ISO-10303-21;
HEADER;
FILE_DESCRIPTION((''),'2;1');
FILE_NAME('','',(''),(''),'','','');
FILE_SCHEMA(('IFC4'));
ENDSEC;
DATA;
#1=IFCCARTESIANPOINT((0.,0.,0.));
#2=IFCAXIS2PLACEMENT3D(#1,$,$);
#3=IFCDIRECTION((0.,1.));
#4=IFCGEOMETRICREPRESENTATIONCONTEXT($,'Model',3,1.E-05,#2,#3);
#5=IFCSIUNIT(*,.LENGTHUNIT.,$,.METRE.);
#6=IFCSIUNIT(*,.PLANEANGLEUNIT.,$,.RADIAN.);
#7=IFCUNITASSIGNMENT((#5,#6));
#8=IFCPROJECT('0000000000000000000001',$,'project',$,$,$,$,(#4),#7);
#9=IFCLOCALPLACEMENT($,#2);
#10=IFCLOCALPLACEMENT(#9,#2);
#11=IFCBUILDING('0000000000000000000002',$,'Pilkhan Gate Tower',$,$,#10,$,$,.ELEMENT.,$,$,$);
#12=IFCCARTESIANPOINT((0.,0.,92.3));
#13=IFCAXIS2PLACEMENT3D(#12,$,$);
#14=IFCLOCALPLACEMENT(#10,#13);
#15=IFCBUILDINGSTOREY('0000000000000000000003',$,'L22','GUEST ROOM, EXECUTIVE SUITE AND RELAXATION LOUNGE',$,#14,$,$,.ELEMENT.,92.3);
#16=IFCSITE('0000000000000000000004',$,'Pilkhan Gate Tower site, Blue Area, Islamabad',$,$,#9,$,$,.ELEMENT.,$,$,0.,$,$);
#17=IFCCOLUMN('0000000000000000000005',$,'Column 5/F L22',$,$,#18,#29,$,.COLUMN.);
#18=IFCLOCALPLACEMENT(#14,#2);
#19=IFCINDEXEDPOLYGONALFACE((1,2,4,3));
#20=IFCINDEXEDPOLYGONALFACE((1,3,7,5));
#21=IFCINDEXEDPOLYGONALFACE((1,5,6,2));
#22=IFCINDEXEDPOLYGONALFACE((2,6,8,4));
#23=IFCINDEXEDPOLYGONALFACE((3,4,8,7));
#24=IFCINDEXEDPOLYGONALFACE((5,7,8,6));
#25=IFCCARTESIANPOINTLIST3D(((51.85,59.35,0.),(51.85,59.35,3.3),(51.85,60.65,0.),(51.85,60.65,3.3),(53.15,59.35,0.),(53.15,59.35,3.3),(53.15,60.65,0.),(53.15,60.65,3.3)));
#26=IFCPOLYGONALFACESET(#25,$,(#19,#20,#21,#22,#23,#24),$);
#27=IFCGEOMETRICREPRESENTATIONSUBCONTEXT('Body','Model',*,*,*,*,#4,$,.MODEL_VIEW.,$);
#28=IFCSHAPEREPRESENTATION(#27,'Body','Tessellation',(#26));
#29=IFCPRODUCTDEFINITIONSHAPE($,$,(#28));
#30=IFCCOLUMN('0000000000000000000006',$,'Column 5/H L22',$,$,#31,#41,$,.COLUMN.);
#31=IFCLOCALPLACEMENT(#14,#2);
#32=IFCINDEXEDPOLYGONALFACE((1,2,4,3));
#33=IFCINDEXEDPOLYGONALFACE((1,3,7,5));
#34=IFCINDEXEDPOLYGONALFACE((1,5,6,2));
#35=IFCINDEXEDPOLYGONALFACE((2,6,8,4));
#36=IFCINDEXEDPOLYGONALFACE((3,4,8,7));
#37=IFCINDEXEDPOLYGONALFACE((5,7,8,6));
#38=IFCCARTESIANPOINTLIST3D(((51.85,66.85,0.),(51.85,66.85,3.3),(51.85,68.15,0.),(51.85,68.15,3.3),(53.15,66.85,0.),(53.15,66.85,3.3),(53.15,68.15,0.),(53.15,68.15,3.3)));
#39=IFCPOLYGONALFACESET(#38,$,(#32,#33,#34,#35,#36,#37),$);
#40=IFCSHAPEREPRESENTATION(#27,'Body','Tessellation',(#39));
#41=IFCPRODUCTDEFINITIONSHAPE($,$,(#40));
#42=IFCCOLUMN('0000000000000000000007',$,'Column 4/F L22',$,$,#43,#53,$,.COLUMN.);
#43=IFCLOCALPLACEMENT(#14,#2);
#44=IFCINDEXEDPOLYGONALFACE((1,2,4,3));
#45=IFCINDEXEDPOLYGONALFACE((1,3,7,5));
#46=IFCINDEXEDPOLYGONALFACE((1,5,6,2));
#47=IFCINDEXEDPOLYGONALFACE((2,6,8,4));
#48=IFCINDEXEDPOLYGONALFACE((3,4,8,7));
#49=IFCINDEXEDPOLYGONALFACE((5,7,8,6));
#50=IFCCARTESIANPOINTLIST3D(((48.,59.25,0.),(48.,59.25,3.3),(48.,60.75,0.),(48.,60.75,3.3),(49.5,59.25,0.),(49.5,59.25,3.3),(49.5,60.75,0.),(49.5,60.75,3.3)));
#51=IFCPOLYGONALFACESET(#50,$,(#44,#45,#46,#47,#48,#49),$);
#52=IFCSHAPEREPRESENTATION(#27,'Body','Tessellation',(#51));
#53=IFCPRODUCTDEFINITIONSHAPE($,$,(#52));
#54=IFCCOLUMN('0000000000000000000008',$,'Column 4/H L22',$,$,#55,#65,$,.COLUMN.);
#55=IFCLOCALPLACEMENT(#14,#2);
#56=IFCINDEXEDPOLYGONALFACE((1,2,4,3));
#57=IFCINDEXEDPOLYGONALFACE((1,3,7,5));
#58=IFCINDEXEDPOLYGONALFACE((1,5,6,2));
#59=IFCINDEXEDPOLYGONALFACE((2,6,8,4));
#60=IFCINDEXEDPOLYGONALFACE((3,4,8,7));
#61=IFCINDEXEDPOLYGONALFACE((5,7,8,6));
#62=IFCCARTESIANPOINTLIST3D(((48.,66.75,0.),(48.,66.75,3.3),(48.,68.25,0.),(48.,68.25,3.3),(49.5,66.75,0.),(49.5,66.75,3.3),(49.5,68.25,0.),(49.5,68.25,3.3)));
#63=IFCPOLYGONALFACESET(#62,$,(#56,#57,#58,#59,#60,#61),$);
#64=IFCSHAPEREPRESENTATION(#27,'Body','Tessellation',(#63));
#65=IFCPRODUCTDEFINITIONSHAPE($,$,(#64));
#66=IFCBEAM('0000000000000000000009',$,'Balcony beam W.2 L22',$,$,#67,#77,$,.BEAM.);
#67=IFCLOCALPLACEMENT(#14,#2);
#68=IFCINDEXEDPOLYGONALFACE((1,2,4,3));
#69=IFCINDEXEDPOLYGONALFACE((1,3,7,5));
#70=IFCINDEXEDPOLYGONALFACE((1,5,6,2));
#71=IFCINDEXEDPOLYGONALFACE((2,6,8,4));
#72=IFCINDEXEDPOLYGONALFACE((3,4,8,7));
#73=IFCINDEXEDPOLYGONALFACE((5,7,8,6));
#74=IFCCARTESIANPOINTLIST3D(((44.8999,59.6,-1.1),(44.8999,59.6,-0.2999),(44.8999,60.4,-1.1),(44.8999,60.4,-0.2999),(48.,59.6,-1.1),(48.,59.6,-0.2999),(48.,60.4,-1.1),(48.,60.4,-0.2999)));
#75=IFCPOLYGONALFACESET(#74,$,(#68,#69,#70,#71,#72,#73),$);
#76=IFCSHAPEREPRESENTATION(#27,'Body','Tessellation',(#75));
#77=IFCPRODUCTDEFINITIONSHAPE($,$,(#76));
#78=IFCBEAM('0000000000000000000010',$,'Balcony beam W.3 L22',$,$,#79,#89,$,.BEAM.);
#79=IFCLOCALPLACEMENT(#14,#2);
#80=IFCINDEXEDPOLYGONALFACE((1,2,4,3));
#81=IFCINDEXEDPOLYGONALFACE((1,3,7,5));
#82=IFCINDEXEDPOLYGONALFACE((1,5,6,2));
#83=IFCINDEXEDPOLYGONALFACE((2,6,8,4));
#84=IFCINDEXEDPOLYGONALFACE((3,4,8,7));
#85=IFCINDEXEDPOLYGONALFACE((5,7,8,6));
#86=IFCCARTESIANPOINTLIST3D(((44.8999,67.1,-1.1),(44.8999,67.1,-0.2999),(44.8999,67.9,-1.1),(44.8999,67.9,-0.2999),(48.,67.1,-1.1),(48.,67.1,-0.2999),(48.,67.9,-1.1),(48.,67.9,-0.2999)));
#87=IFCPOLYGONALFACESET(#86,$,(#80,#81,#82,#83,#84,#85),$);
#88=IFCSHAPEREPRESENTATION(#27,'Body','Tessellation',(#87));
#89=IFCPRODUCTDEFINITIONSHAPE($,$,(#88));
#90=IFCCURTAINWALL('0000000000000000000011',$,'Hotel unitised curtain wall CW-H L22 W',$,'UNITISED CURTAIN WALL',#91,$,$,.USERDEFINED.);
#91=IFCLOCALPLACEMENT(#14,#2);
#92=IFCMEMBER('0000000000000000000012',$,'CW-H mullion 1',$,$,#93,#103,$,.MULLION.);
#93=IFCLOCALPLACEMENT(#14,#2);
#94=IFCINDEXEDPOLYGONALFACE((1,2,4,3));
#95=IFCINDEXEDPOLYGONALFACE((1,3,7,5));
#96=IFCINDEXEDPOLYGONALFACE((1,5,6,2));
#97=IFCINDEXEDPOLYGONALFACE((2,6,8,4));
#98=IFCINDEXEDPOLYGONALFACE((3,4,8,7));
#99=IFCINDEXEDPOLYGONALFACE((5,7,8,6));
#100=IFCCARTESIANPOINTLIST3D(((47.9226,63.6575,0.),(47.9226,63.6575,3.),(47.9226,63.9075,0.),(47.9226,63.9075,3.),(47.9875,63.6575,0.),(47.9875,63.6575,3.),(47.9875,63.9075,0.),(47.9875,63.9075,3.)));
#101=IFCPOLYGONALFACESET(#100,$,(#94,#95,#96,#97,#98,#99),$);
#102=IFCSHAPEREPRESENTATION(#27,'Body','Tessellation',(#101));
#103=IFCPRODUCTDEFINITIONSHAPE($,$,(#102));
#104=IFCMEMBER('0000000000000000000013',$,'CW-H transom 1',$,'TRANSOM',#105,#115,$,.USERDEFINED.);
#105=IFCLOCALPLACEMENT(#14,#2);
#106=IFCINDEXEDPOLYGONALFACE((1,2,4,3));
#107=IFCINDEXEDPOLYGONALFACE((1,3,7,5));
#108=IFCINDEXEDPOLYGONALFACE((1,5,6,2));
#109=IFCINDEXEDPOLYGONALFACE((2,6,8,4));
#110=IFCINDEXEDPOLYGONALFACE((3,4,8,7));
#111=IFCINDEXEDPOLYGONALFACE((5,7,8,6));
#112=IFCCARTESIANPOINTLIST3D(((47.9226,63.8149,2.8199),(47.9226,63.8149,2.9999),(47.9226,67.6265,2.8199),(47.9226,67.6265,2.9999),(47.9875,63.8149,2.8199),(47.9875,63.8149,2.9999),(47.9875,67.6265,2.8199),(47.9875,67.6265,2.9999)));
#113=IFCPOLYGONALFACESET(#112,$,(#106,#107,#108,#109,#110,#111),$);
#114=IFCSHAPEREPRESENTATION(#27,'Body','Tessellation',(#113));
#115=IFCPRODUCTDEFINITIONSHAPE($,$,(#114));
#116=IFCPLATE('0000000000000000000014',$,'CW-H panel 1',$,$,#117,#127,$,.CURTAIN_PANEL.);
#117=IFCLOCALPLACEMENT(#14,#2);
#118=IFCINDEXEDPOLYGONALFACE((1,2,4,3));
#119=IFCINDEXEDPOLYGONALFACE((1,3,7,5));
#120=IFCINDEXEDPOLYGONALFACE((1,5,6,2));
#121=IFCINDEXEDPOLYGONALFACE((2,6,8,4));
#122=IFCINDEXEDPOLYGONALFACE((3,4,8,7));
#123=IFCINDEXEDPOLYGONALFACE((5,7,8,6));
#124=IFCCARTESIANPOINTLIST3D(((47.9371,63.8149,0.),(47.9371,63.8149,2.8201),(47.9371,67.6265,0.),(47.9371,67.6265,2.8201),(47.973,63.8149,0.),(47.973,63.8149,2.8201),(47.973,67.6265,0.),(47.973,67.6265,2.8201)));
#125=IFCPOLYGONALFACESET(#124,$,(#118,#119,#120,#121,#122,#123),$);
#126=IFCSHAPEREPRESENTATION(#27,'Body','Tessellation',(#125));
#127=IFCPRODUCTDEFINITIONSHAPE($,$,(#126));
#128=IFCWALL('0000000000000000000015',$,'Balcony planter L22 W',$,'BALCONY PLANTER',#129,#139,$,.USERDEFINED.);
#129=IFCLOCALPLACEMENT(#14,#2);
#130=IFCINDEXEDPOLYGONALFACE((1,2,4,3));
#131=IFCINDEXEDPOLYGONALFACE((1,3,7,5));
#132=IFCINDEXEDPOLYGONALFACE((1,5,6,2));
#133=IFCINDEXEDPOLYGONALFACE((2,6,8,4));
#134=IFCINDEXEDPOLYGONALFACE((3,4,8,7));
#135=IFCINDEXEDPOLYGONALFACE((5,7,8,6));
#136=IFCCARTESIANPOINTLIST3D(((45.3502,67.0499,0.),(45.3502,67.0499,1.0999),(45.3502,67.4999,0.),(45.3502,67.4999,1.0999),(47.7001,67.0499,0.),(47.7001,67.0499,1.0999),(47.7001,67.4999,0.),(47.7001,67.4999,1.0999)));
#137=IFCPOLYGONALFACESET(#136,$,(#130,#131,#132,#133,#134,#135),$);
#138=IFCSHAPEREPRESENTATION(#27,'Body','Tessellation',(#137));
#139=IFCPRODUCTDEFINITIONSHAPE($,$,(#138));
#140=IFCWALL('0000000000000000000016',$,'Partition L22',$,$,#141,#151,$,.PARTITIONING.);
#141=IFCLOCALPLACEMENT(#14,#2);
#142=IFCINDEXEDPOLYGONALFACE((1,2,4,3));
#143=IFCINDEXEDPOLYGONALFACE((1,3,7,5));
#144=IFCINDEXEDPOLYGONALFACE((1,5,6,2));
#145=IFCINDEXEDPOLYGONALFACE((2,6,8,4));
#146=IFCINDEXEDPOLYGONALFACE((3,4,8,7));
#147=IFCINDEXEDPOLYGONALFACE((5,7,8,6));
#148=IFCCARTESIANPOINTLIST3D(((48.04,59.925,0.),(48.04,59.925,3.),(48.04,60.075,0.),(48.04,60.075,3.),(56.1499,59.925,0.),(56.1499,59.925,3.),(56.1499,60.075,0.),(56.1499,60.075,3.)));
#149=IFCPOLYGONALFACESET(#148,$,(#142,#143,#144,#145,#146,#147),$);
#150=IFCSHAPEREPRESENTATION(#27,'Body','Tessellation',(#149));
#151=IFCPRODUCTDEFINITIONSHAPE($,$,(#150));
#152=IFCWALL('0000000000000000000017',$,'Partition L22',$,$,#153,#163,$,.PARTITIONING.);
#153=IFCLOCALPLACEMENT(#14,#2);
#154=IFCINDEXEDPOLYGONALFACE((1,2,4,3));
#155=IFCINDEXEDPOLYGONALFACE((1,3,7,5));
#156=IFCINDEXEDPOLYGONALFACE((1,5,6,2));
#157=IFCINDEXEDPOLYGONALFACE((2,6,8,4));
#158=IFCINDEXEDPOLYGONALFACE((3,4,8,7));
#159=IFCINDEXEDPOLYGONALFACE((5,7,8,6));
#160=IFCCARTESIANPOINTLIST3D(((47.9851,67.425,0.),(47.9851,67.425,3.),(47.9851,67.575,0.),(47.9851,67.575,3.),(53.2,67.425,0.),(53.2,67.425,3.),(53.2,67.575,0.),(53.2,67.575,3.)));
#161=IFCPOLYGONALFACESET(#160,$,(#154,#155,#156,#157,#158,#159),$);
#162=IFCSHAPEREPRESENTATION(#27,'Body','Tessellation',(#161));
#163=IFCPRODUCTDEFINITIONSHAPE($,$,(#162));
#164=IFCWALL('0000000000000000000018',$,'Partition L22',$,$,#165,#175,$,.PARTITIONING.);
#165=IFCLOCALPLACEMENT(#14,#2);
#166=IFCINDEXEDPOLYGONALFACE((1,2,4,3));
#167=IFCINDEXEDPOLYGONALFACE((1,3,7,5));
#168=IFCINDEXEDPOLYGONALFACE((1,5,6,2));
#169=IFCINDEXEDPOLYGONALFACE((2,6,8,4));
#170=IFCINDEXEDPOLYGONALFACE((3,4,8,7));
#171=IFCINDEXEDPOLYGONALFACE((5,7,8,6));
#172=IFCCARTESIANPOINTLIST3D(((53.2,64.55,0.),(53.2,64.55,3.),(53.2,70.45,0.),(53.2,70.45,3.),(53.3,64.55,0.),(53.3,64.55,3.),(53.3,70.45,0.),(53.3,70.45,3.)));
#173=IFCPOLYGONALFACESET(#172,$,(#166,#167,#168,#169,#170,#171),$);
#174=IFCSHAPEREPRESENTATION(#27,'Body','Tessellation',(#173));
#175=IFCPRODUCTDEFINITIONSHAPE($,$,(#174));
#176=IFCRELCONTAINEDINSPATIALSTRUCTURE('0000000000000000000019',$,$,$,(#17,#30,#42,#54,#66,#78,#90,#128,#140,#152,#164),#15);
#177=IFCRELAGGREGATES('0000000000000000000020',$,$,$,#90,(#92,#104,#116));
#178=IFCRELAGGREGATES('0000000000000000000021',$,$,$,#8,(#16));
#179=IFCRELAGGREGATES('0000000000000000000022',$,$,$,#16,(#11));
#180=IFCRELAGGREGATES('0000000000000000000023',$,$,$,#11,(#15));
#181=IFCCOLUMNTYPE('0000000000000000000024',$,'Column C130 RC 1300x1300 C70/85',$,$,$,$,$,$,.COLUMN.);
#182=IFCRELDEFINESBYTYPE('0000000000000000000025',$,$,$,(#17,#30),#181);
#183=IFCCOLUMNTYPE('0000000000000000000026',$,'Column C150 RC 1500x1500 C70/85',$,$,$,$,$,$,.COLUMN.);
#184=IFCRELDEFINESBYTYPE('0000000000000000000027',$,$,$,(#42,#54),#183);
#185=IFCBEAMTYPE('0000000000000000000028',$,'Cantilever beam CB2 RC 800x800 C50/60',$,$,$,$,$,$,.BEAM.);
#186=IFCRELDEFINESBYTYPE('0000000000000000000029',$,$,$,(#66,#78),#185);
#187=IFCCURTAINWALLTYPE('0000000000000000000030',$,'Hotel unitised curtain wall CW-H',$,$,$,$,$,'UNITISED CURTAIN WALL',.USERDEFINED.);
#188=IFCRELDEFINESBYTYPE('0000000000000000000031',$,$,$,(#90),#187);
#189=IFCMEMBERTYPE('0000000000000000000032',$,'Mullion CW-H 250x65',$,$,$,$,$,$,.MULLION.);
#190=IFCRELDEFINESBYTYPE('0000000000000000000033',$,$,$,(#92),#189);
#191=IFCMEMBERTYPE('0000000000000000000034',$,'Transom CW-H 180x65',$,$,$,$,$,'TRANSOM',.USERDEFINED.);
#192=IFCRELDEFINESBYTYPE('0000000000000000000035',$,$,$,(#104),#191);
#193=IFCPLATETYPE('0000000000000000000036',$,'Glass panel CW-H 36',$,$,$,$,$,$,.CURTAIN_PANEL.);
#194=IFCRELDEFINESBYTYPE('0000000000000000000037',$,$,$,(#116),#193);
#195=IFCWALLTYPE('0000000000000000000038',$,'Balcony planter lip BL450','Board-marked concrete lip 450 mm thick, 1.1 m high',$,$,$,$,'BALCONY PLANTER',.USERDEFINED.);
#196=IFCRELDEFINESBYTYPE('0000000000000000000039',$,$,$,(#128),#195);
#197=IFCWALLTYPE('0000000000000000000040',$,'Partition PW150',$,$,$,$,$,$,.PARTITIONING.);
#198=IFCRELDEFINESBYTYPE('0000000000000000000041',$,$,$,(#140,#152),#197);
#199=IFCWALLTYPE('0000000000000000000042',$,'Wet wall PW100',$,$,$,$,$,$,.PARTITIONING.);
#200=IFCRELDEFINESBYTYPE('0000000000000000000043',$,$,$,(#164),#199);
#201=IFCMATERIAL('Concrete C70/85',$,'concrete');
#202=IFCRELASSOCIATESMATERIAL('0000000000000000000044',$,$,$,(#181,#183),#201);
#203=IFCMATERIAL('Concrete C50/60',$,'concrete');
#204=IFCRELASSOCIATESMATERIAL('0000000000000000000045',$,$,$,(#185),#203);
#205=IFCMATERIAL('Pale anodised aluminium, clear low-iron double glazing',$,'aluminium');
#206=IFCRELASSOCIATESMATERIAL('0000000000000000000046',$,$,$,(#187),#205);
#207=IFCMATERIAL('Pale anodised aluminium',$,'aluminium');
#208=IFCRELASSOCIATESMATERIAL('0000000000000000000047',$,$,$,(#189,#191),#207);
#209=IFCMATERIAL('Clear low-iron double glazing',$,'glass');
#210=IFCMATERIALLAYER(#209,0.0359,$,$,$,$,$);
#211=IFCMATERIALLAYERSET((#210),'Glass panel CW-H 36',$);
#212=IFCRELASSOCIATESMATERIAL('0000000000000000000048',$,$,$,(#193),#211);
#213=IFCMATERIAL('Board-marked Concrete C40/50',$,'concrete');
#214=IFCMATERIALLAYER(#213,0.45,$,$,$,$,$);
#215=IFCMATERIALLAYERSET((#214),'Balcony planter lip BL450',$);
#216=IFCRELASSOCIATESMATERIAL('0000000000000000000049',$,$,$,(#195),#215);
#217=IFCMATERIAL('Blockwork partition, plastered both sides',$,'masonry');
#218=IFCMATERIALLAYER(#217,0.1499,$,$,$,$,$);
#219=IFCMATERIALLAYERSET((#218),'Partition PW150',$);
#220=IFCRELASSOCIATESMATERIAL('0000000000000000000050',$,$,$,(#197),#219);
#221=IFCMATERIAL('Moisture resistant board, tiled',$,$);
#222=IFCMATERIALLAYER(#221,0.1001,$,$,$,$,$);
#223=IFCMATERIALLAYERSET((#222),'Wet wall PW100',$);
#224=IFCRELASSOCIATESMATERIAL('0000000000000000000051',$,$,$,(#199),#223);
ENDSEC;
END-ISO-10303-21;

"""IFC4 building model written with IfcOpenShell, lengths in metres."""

from ifc_helpers import new_model, si_unit, direction, frame, frame_2d, origin, origin_2d, place, context, subcontext, project, spatial, rectangle, extrude, material, layer, layer_set, material_profile, profile_set, type_object, element, aggregate, save


model = new_model("IFC4")

# Units and contexts
model_context = context("Model", 3, precision=1e-05, world=origin(), true_north=direction((0.0, 1.0)))
body_context = subcontext(model_context, "Body", "Model", "MODEL_VIEW")
ifc_project = project(units=[si_unit("LENGTHUNIT", "METRE"), si_unit("PLANEANGLEUNIT", "RADIAN")], contexts=[model_context])

# Site, building, storey
site_placement = place(None, origin())
site = spatial("IfcSite", under=ifc_project, at=site_placement, Name="Pilkhan Gate Tower site, Blue Area, Islamabad", CompositionType="ELEMENT", RefElevation=0.0)
building_placement = place(site_placement, origin())
building = spatial("IfcBuilding", under=site, at=building_placement, Name="Pilkhan Gate Tower", CompositionType="ELEMENT")
storey_placement = place(building_placement, frame((0.0, 0.0, 92.3)))
storey = spatial("IfcBuildingStorey", under=building, at=storey_placement, Name="L22", Description="GUEST ROOM, EXECUTIVE SUITE AND RELAXATION LOUNGE", CompositionType="ELEMENT", Elevation=92.3)

# Columns
ifc_material_1 = material(Name="Concrete C70/85", Category="concrete")
ifc_material_profile_1 = material_profile(ifc_material_1, rectangle(XDim=1.3, YDim=1.3, at=origin_2d()), Name="RC 1300x1300")
ifc_profile_set_1 = profile_set([ifc_material_profile_1], Name="Concrete C70/85")
column_type_1 = type_object("IfcColumnType", Name="Column C130 RC 1300x1300 C70/85", PredefinedType="COLUMN", material=ifc_profile_set_1)
for number, where, z_axis, x_axis, name in (
    (1, (52.5, 60.0, 0.0), (0.0, 0.0, 1.0), (1.0, 0.0, 0.0), "Column 5/F L22"),
    (2, (52.5, 67.5, 0.0), (0.0, 0.0, 1.0), (1.0, 0.0, 0.0), "Column 5/H L22"),
):
    element("IfcColumn", number, at=place(storey_placement, frame(where, z_axis=z_axis, x_axis=x_axis)), inside=storey, type_object=column_type_1, Name=name, PredefinedType="COLUMN", context=body_context, shape_type="SweptSolid", body=[
        extrude(rectangle(XDim=1.3, YDim=1.3, at=origin_2d()), origin(), (0.0, 0.0, 1.0), 3.3),
    ])
ifc_material_profile_2 = material_profile(ifc_material_1, rectangle(XDim=1.5, YDim=1.5, at=origin_2d()), Name="RC 1500x1500")
ifc_profile_set_2 = profile_set([ifc_material_profile_2], Name="Concrete C70/85")
column_type_2 = type_object("IfcColumnType", Name="Column C150 RC 1500x1500 C70/85", PredefinedType="COLUMN", material=ifc_profile_set_2)
for number, where, z_axis, x_axis, name in (
    (3, (48.75, 60.0, 0.0), (0.0, 0.0, 1.0), (1.0, 0.0, 0.0), "Column 4/F L22"),
    (4, (48.75, 67.5, 0.0), (0.0, 0.0, 1.0), (1.0, 0.0, 0.0), "Column 4/H L22"),
):
    element("IfcColumn", number, at=place(storey_placement, frame(where, z_axis=z_axis, x_axis=x_axis)), inside=storey, type_object=column_type_2, Name=name, PredefinedType="COLUMN", context=body_context, shape_type="SweptSolid", body=[
        extrude(rectangle(XDim=1.5, YDim=1.5, at=origin_2d()), origin(), (0.0, 0.0, 1.0), 3.3),
    ])

# Beams
ifc_material_2 = material(Name="Concrete C50/60", Category="concrete")
ifc_material_profile_3 = material_profile(ifc_material_2, rectangle(XDim=0.8, YDim=0.8, at=origin_2d()), Name="RC 800x800")
ifc_profile_set_3 = profile_set([ifc_material_profile_3], Name="Concrete C50/60")
beam_type = type_object("IfcBeamType", Name="Cantilever beam CB2 RC 800x800 C50/60", PredefinedType="BEAM", material=ifc_profile_set_3)
for number, where, z_axis, x_axis, name in (
    (5, (48.0, 60.0, -0.7), (-1.0, 0.0, 0.0), (0.0, -1.0, 0.0), "Balcony beam W.2 L22"),
    (6, (48.0, 67.5, -0.7), (-1.0, 0.0, 0.0), (0.0, -1.0, 0.0), "Balcony beam W.3 L22"),
):
    element("IfcBeam", number, at=place(storey_placement, frame(where, z_axis=z_axis, x_axis=x_axis)), inside=storey, type_object=beam_type, Name=name, PredefinedType="BEAM", context=body_context, shape_type="SweptSolid", body=[
        extrude(rectangle(XDim=0.8, YDim=0.8, at=origin_2d()), origin(), (0.0, 0.0, 1.0), 3.1001),
    ])

# Curtain wall, members, plate
ifc_material_3 = material(Name="Pale anodised aluminium, clear low-iron double glazing", Category="aluminium")
curtain_wall_type = type_object("IfcCurtainWallType", Name="Hotel unitised curtain wall CW-H", ElementType="UNITISED CURTAIN WALL", PredefinedType="USERDEFINED", material=ifc_material_3)
curtain_wall_placement = place(storey_placement, origin())
curtain_wall = element("IfcCurtainWall", 7, at=curtain_wall_placement, inside=storey, type_object=curtain_wall_type, Name="Hotel unitised curtain wall CW-H L22 W", ObjectType="UNITISED CURTAIN WALL", PredefinedType="USERDEFINED")
ifc_material_4 = material(Name="Pale anodised aluminium", Category="aluminium")
ifc_material_profile_4 = material_profile(ifc_material_4, rectangle(XDim=0.0649, YDim=0.25, at=origin_2d()), Name="Mullion 250x65")
ifc_profile_set_4 = profile_set([ifc_material_profile_4], Name="Pale anodised aluminium")
member_type_1 = type_object("IfcMemberType", Name="Mullion CW-H 250x65", PredefinedType="MULLION", material=ifc_profile_set_4)
member_1_placement = place(storey_placement, frame((47.9551, 63.7825, 0.0), z_axis=(0.0, 0.0, 1.0), x_axis=(-1.0, 0.0, 0.0)))
member_1 = element("IfcMember", 8, at=member_1_placement, type_object=member_type_1, Name="CW-H mullion 1", PredefinedType="MULLION", context=body_context, shape_type="SweptSolid", body=[
    extrude(rectangle(XDim=0.0649, YDim=0.25, at=origin_2d()), origin(), (0.0, 0.0, 1.0), 3.0),
])
ifc_material_profile_5 = material_profile(ifc_material_4, rectangle(XDim=0.0649, YDim=0.1799, at=origin_2d()), Name="Transom 180x65")
ifc_profile_set_5 = profile_set([ifc_material_profile_5], Name="Pale anodised aluminium")
member_type_2 = type_object("IfcMemberType", Name="Transom CW-H 180x65", ElementType="TRANSOM", PredefinedType="USERDEFINED", material=ifc_profile_set_5)
member_2_placement = place(storey_placement, frame((47.9551, 63.8149, 2.9099), z_axis=(0.0, 1.0, 0.0), x_axis=(-1.0, 0.0, 0.0)))
member_2 = element("IfcMember", 9, at=member_2_placement, type_object=member_type_2, Name="CW-H transom 1", ObjectType="TRANSOM", PredefinedType="USERDEFINED", context=body_context, shape_type="SweptSolid", body=[
    extrude(rectangle(XDim=0.0649, YDim=0.1799, at=origin_2d()), origin(), (0.0, 0.0, 1.0), 3.8115),
])
ifc_material_5 = material(Name="Clear low-iron double glazing", Category="glass")
ifc_layer_1 = layer(ifc_material_5, 0.0359)
ifc_layer_set_1 = layer_set([ifc_layer_1], Name="Glass panel CW-H 36")
plate_type = type_object("IfcPlateType", Name="Glass panel CW-H 36", PredefinedType="CURTAIN_PANEL", material=ifc_layer_set_1)
plate_placement = place(storey_placement, frame((47.9551, 65.7207, 0.0), z_axis=(0.0, 0.0, 1.0), x_axis=(0.0, 1.0, 0.0)))
plate = element("IfcPlate", 10, at=plate_placement, type_object=plate_type, Name="CW-H panel 1", PredefinedType="CURTAIN_PANEL", context=body_context, shape_type="SweptSolid", body=[
    extrude(rectangle(XDim=3.8115, YDim=0.0359, at=origin_2d()), origin(), (0.0, 0.0, 1.0), 2.8201),
])
aggregate(curtain_wall, [member_1, member_2, plate])

# Walls
ifc_material_6 = material(Name="Board-marked Concrete C40/50", Category="concrete")
ifc_layer_2 = layer(ifc_material_6, 0.45)
ifc_layer_set_2 = layer_set([ifc_layer_2], Name="Balcony planter lip BL450")
wall_type_1 = type_object("IfcWallType", Name="Balcony planter lip BL450", Description="Board-marked concrete lip 450 mm thick, 1.1 m high", ElementType="BALCONY PLANTER", PredefinedType="USERDEFINED", material=ifc_layer_set_2)
wall_1_placement = place(storey_placement, frame((47.7, 67.2749, 0.0), z_axis=(0.0, 0.0, 1.0), x_axis=(-1.0, 0.0, 0.0)))
element("IfcWall", 11, at=wall_1_placement, inside=storey, type_object=wall_type_1, Name="Balcony planter L22 W", ObjectType="BALCONY PLANTER", PredefinedType="USERDEFINED", context=body_context, shape_type="SweptSolid", body=[
    extrude(rectangle(XDim=2.3499, YDim=0.45, at=frame_2d((1.1748, 0.0))), origin(), (0.0, 0.0, 1.0), 1.0999),
])
ifc_material_7 = material(Name="Blockwork partition, plastered both sides", Category="masonry")
ifc_layer_3 = layer(ifc_material_7, 0.1499)
ifc_layer_set_3 = layer_set([ifc_layer_3], Name="Partition PW150")
wall_type_2 = type_object("IfcWallType", Name="Partition PW150", PredefinedType="PARTITIONING", material=ifc_layer_set_3)
wall_2_placement = place(storey_placement, frame((48.04, 60.0, 0.0), z_axis=(0.0, 0.0, 1.0), x_axis=(1.0, 0.0, 0.0)))
element("IfcWall", 12, at=wall_2_placement, inside=storey, type_object=wall_type_2, Name="Partition L22", PredefinedType="PARTITIONING", context=body_context, shape_type="SweptSolid", body=[
    extrude(rectangle(XDim=8.1099, YDim=0.1499, at=frame_2d((4.0549, 0.0))), origin(), (0.0, 0.0, 1.0), 3.0),
])
wall_3_placement = place(storey_placement, frame((47.9851, 67.5, 0.0), z_axis=(0.0, 0.0, 1.0), x_axis=(1.0, 0.0, 0.0)))
element("IfcWall", 13, at=wall_3_placement, inside=storey, type_object=wall_type_2, Name="Partition L22", PredefinedType="PARTITIONING", context=body_context, shape_type="SweptSolid", body=[
    extrude(rectangle(XDim=5.2148, YDim=0.1499, at=frame_2d((2.6074, 0.0))), origin(), (0.0, 0.0, 1.0), 3.0),
])
ifc_material_8 = material(Name="Moisture resistant board, tiled")
ifc_layer_4 = layer(ifc_material_8, 0.1001)
ifc_layer_set_4 = layer_set([ifc_layer_4], Name="Wet wall PW100")
wall_type_3 = type_object("IfcWallType", Name="Wet wall PW100", PredefinedType="PARTITIONING", material=ifc_layer_set_4)
wall_4_placement = place(storey_placement, frame((53.25, 64.55, 0.0), z_axis=(0.0, 0.0, 1.0), x_axis=(0.0, 1.0, 0.0)))
element("IfcWall", 14, at=wall_4_placement, inside=storey, type_object=wall_type_3, Name="Partition L22", PredefinedType="PARTITIONING", context=body_context, shape_type="SweptSolid", body=[
    extrude(rectangle(XDim=5.8999, YDim=0.1001, at=frame_2d((2.95, 0.0))), origin(), (0.0, 0.0, 1.0), 3.0),
])

save(model, "model.ifc")
